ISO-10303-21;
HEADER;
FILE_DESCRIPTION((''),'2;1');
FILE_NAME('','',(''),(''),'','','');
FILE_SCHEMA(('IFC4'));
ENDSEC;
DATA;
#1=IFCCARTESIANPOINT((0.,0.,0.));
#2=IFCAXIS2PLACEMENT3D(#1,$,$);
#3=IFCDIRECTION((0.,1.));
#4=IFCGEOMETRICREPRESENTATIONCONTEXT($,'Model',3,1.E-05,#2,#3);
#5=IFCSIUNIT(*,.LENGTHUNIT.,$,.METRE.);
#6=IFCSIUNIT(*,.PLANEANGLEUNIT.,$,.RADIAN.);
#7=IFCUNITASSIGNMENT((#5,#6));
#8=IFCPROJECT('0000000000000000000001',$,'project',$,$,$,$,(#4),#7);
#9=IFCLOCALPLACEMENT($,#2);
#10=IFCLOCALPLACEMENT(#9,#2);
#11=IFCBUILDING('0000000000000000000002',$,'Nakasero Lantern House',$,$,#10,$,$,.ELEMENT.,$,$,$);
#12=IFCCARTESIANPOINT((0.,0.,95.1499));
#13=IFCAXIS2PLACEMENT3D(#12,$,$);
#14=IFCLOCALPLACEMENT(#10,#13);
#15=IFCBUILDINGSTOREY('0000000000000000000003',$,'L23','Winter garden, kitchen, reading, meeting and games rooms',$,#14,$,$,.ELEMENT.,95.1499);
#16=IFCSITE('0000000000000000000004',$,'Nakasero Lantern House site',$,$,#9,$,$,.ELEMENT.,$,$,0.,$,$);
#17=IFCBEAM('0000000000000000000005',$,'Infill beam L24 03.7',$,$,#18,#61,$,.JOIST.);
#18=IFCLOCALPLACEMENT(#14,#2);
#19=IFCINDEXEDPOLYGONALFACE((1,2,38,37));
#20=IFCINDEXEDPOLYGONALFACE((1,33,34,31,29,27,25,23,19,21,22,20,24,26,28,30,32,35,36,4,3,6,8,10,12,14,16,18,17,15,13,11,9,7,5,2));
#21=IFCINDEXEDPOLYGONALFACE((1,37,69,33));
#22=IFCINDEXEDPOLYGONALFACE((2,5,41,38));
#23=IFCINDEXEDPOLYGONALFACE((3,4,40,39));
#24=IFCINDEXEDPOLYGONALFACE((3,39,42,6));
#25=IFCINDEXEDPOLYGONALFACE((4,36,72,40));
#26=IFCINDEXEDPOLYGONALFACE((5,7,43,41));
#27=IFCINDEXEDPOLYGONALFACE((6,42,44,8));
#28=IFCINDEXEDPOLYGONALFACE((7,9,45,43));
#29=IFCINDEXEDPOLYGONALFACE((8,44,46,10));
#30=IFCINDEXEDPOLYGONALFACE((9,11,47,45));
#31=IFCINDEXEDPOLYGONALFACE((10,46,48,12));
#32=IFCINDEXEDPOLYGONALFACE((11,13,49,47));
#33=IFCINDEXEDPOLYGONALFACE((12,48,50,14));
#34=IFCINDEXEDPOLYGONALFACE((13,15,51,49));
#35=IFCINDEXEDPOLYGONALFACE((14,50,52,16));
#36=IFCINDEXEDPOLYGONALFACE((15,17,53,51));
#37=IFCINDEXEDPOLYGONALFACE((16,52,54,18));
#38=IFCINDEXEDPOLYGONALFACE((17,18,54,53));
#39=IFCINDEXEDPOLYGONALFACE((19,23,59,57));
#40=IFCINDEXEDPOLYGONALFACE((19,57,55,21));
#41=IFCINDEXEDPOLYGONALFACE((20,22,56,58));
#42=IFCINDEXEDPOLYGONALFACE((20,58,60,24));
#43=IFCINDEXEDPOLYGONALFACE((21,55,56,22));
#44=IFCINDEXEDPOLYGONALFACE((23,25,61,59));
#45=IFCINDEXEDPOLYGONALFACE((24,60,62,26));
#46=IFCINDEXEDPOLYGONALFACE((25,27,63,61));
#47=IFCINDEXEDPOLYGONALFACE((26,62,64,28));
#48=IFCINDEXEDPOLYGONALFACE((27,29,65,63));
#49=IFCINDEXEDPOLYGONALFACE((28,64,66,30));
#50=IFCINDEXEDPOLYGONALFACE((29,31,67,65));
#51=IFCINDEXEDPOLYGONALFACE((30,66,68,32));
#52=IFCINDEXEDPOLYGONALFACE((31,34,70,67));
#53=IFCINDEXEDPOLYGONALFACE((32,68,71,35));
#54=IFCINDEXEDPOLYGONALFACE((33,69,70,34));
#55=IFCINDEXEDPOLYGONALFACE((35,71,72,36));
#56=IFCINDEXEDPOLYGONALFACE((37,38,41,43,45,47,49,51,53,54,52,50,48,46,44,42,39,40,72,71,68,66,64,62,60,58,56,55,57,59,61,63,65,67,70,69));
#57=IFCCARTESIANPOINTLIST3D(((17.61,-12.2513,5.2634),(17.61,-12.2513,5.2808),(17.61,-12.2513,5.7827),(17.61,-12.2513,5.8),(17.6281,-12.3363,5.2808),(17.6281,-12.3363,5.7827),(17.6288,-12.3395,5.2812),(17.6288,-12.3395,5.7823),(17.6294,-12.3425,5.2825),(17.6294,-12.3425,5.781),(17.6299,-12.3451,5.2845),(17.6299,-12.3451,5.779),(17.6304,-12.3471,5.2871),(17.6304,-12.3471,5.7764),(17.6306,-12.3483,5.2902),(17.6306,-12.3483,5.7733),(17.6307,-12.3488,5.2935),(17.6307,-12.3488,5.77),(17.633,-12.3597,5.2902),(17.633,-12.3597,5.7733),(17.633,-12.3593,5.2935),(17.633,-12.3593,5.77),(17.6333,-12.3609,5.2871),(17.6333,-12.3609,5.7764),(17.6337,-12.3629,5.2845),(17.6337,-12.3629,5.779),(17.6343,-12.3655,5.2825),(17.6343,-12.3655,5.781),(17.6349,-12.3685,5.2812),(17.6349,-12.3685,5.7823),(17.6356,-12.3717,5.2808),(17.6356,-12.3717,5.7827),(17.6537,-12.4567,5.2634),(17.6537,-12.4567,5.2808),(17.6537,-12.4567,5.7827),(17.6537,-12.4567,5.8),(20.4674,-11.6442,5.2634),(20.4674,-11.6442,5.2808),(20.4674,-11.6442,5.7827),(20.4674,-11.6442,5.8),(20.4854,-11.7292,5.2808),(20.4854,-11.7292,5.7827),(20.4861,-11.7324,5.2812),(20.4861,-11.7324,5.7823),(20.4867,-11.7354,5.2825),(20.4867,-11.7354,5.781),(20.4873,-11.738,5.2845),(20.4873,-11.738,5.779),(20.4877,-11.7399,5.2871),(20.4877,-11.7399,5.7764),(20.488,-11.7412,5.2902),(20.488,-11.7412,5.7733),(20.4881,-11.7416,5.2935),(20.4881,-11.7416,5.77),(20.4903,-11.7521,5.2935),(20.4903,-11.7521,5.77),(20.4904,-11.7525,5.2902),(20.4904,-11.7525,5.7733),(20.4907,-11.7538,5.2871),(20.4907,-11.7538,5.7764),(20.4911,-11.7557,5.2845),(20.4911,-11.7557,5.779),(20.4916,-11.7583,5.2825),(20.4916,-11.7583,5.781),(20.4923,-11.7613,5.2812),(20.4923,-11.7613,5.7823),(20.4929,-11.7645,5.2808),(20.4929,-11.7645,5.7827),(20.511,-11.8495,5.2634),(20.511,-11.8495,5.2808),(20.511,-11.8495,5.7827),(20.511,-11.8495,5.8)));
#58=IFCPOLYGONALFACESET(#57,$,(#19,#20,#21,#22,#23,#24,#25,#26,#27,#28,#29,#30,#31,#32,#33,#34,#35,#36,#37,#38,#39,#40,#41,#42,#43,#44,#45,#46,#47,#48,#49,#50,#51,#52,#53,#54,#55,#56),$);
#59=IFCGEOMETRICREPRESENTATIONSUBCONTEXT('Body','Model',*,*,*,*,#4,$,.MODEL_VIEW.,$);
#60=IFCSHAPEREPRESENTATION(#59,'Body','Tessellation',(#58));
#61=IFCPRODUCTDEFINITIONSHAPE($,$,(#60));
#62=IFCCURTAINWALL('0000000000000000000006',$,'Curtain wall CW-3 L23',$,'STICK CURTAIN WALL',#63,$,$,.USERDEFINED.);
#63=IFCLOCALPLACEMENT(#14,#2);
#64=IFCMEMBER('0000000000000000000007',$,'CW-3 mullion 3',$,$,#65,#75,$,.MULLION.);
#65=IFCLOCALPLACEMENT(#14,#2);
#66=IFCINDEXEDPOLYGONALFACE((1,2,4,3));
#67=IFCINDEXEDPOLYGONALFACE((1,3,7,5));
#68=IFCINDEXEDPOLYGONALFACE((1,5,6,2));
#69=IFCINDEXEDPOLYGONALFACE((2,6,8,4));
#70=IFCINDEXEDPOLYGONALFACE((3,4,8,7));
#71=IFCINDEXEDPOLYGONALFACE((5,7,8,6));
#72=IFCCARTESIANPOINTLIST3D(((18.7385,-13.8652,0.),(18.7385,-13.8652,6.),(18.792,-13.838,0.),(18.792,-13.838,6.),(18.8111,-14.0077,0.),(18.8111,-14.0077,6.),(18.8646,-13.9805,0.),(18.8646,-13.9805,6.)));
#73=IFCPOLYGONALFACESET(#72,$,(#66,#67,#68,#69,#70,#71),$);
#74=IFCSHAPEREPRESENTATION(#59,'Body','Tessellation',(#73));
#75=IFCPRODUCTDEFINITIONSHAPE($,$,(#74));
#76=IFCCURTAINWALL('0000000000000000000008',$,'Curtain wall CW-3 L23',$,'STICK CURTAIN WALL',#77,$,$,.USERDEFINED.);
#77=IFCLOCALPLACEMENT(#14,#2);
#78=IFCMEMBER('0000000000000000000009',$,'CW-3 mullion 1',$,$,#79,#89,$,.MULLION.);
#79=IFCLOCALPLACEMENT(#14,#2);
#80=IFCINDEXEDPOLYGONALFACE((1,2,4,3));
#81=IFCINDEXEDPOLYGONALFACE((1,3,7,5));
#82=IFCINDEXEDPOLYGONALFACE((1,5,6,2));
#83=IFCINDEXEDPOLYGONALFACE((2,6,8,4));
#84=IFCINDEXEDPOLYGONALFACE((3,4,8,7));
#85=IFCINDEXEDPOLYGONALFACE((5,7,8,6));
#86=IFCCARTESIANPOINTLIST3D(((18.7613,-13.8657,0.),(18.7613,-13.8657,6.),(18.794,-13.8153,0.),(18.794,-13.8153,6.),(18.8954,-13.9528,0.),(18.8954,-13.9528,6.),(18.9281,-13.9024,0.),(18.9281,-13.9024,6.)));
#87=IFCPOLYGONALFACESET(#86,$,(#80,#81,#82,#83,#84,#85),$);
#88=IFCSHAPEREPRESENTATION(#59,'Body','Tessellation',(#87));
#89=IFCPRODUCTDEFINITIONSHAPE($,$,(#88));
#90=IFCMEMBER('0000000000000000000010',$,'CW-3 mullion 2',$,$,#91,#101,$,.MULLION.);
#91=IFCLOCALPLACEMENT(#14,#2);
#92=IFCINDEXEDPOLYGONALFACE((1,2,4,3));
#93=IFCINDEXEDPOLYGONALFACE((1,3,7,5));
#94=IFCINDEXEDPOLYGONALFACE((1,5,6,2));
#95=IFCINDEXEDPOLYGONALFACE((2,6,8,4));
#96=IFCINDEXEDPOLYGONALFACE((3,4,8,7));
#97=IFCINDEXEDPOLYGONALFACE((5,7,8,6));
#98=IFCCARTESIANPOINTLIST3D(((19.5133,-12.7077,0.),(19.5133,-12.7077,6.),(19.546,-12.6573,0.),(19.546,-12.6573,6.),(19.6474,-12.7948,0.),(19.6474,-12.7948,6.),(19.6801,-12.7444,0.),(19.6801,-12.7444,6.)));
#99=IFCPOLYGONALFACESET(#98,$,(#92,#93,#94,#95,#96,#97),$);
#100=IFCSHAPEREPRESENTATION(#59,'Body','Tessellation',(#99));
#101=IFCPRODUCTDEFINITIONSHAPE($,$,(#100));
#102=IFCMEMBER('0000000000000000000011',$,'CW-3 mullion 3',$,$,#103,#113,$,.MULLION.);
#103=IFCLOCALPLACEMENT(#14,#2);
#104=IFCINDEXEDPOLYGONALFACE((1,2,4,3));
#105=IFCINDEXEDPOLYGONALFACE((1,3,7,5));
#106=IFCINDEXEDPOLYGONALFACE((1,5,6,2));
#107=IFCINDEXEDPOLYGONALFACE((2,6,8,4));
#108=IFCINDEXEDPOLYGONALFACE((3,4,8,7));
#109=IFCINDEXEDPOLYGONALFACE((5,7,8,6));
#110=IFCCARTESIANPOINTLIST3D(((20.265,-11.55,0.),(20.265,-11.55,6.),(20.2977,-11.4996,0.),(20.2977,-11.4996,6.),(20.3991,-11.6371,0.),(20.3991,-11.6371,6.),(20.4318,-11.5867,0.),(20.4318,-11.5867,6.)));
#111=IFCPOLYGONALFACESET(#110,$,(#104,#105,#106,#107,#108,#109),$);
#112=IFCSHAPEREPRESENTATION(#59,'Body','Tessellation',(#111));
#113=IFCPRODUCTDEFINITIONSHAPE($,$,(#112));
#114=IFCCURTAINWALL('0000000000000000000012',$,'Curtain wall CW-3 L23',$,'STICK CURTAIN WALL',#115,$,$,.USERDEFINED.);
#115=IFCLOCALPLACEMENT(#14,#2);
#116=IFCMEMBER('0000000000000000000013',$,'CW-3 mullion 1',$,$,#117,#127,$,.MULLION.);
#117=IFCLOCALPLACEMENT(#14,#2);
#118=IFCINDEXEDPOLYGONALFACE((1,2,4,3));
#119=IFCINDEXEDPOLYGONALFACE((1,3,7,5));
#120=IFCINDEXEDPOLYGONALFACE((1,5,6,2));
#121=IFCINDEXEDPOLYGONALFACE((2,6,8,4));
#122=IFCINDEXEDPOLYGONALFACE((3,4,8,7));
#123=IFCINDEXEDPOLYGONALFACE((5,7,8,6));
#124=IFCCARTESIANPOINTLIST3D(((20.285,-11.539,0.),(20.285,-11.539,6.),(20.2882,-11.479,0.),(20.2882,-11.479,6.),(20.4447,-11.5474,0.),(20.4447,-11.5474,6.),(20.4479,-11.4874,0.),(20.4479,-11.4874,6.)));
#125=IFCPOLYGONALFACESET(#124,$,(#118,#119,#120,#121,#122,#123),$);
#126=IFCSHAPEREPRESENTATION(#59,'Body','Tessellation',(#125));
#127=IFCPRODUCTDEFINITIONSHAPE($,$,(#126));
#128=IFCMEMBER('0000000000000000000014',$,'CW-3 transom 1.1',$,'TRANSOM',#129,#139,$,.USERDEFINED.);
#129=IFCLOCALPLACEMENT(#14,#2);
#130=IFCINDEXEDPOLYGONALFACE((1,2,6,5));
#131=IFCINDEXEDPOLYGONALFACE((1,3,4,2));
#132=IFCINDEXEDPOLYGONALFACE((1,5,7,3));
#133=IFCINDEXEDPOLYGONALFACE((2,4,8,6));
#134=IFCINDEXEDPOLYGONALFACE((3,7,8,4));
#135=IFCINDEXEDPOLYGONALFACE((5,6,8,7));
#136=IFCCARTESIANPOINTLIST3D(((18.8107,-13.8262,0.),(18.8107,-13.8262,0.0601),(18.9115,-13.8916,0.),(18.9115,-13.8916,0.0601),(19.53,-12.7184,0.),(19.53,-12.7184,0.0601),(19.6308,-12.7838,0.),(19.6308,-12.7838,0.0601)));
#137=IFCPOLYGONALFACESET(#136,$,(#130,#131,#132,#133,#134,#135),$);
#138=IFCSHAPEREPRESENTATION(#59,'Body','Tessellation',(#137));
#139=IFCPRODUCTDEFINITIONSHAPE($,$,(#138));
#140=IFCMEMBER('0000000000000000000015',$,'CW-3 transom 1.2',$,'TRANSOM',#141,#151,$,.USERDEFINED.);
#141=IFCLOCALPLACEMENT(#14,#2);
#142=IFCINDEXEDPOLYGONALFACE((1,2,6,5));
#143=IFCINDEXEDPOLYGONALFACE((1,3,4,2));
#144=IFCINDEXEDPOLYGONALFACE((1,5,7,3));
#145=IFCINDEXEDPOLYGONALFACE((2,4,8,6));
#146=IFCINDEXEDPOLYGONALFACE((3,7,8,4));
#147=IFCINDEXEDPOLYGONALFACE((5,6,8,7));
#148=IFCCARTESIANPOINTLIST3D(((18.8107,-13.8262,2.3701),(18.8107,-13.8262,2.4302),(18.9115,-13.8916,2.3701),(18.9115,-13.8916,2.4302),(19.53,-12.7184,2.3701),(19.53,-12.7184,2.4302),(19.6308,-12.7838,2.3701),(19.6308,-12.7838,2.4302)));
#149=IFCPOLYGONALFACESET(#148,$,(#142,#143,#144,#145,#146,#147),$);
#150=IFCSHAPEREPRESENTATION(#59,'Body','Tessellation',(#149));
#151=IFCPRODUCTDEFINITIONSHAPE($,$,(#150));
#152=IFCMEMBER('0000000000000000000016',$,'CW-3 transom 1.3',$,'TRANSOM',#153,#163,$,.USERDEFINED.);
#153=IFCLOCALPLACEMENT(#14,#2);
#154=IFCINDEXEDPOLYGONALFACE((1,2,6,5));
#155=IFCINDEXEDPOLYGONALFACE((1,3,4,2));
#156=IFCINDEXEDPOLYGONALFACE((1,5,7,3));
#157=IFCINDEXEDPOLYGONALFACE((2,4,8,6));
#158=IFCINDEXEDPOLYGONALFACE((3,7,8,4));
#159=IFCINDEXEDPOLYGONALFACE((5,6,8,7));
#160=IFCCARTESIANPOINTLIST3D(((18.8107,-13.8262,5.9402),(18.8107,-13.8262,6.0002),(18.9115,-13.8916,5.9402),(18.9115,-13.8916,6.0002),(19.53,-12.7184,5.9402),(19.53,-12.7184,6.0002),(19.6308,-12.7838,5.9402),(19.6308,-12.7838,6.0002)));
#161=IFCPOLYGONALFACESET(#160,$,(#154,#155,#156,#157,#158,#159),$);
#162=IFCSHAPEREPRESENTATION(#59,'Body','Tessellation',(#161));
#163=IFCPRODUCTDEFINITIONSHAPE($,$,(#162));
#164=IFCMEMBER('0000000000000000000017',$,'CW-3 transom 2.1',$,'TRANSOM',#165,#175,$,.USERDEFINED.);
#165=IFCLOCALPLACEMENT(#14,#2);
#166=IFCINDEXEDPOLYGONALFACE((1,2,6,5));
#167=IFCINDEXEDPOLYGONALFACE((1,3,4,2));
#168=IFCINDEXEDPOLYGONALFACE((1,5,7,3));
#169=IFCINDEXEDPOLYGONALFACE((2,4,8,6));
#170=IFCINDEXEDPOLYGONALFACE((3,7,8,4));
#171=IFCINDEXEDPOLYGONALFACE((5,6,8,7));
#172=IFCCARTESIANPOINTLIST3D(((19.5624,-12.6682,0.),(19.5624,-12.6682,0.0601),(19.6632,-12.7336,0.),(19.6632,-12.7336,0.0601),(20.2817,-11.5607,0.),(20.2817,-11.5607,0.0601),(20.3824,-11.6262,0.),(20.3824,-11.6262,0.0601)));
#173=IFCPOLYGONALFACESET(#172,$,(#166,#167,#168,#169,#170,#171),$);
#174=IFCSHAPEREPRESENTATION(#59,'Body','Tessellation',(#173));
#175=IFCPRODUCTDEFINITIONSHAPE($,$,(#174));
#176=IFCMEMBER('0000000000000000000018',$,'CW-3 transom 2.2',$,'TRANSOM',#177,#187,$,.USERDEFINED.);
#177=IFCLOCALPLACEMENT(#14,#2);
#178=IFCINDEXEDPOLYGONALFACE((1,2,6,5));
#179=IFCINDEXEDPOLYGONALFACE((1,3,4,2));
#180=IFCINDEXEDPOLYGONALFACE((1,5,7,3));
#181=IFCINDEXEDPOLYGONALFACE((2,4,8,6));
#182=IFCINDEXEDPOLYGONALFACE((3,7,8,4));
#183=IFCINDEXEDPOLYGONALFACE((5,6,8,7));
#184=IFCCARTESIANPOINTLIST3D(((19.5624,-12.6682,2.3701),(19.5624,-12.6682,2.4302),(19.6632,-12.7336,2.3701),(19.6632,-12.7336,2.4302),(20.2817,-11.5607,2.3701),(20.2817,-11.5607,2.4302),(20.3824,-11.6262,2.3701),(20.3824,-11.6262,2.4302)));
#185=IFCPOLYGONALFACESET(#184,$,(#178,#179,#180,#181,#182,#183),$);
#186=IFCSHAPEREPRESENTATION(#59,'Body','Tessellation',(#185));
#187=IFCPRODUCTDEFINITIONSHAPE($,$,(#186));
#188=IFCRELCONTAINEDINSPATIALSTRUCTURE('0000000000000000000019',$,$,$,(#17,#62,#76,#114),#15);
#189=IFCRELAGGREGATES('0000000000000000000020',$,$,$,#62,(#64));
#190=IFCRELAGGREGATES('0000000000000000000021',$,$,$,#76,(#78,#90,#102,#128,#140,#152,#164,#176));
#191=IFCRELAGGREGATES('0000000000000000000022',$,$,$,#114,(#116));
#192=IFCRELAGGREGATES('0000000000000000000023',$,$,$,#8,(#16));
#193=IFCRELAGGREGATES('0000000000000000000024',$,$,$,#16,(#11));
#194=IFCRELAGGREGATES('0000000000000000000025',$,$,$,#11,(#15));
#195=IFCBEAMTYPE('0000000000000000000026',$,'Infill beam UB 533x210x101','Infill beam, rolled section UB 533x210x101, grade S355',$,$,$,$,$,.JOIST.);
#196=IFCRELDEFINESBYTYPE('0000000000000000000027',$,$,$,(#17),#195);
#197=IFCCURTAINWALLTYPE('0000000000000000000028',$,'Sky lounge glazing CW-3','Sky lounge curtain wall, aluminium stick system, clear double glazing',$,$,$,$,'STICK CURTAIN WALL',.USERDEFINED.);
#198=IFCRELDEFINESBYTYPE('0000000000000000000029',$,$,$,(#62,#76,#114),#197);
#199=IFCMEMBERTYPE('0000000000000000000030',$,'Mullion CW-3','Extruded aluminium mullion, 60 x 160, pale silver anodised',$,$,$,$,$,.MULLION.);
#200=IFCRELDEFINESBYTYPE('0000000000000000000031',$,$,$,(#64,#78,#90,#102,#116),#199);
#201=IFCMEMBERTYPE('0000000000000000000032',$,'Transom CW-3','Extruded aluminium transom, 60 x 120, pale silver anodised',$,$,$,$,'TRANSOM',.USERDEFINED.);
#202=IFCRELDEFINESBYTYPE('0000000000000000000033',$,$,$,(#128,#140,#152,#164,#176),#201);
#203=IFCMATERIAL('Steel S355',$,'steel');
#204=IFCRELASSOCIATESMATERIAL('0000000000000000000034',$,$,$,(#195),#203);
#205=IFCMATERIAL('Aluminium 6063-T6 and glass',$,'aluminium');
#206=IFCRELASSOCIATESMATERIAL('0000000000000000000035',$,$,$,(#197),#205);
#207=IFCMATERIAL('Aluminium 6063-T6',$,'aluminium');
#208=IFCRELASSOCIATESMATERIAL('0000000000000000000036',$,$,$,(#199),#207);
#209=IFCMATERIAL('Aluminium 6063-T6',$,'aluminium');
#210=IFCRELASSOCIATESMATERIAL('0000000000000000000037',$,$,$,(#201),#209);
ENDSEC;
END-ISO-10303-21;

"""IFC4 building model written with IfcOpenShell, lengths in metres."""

from ifc_helpers import new_model, si_unit, direction, frame, origin, origin_2d, place, context, subcontext, project, spatial, rectangle, i_section, extrude, material, material_profile, profile_set, type_object, element, aggregate, save


model = new_model("IFC4")

# Units and contexts
model_context = context("Model", 3, precision=1e-05, world=origin(), true_north=direction((0.0, 1.0)))
body_context = subcontext(model_context, "Body", "Model", "MODEL_VIEW")
ifc_project = project(units=[si_unit("LENGTHUNIT", "METRE"), si_unit("PLANEANGLEUNIT", "RADIAN")], contexts=[model_context])

# Site, building, storey
site_placement = place(None, origin())
site = spatial("IfcSite", under=ifc_project, at=site_placement, Name="Nakasero Lantern House site", CompositionType="ELEMENT", RefElevation=0.0)
building_placement = place(site_placement, origin())
building = spatial("IfcBuilding", under=site, at=building_placement, Name="Nakasero Lantern House", CompositionType="ELEMENT")
storey_placement = place(building_placement, frame((0.0, 0.0, 95.1499)))
storey = spatial("IfcBuildingStorey", under=building, at=storey_placement, Name="L23", Description="Winter garden, kitchen, reading, meeting and games rooms", CompositionType="ELEMENT", Elevation=95.1499)

# Beam
ifc_material_1 = material(Name="Steel S355", Category="steel")
ifc_material_profile_1 = material_profile(ifc_material_1, i_section(OverallWidth=0.21, OverallDepth=0.5366, WebThickness=0.0107, FlangeThickness=0.0173, FilletRadius=0.0127, at=origin_2d()), Name="UB 533x210x101")
ifc_profile_set_1 = profile_set([ifc_material_profile_1], Name="Steel S355")
beam_type = type_object("IfcBeamType", Name="Infill beam UB 533x210x101", Description="Infill beam, rolled section UB 533x210x101, grade S355", PredefinedType="JOIST", material=ifc_profile_set_1)
beam_placement = place(storey_placement, frame((17.6318, -12.354, 5.5317), z_axis=(0.978161, 0.207851, 0.0), x_axis=(-0.207851, 0.978161, 0.0)))
element("IfcBeam", 1, at=beam_placement, inside=storey, type_object=beam_type, Name="Infill beam L24 03.7", PredefinedType="JOIST", context=body_context, shape_type="SweptSolid", body=[
    extrude(i_section(OverallWidth=0.21, OverallDepth=0.5366, WebThickness=0.0107, FlangeThickness=0.0173, FilletRadius=0.0127, at=origin_2d()), origin(), (0.0, 0.0, 1.0), 2.9211),
])

# Curtain wall, member
ifc_material_2 = material(Name="Aluminium 6063-T6 and glass", Category="aluminium")
curtain_wall_type = type_object("IfcCurtainWallType", Name="Sky lounge glazing CW-3", Description="Sky lounge curtain wall, aluminium stick system, clear double glazing", ElementType="STICK CURTAIN WALL", PredefinedType="USERDEFINED", material=ifc_material_2)
curtain_wall_1_placement = place(storey_placement, origin())
curtain_wall_1 = element("IfcCurtainWall", 2, at=curtain_wall_1_placement, inside=storey, type_object=curtain_wall_type, Name="Curtain wall CW-3 L23", ObjectType="STICK CURTAIN WALL", PredefinedType="USERDEFINED")
ifc_material_3 = material(Name="Aluminium 6063-T6", Category="aluminium")
ifc_material_profile_2 = material_profile(ifc_material_3, rectangle(XDim=0.0601, YDim=0.1599, at=origin_2d()), Name="CW-3 mullion 60x160")
ifc_profile_set_2 = profile_set([ifc_material_profile_2], Name="Aluminium 6063-T6")
member_type_1 = type_object("IfcMemberType", Name="Mullion CW-3", Description="Extruded aluminium mullion, 60 x 160, pale silver anodised", PredefinedType="MULLION", material=ifc_profile_set_2)
member_1_placement = place(storey_placement, frame((18.8015, -13.9229, 0.0), z_axis=(0.0, 0.0, 1.0), x_axis=(0.891007, 0.45399, 0.0)))
member_1 = element("IfcMember", 3, at=member_1_placement, type_object=member_type_1, Name="CW-3 mullion 3", PredefinedType="MULLION", context=body_context, shape_type="SweptSolid", body=[
    extrude(rectangle(XDim=0.0601, YDim=0.1599, at=origin_2d()), origin(), (0.0, 0.0, 1.0), 6.0),
])
aggregate(curtain_wall_1, [member_1])

# Curtain wall, members
curtain_wall_2_placement = place(storey_placement, origin())
curtain_wall_2 = element("IfcCurtainWall", 4, at=curtain_wall_2_placement, inside=storey, type_object=curtain_wall_type, Name="Curtain wall CW-3 L23", ObjectType="STICK CURTAIN WALL", PredefinedType="USERDEFINED")
member_2_placement = place(storey_placement, frame((18.8447, -13.884, 0.0), z_axis=(0.0, 0.0, 1.0), x_axis=(0.544639, 0.838671, 0.0)))
member_2 = element("IfcMember", 5, at=member_2_placement, type_object=member_type_1, Name="CW-3 mullion 1", PredefinedType="MULLION", context=body_context, shape_type="SweptSolid", body=[
    extrude(rectangle(XDim=0.0601, YDim=0.1599, at=origin_2d()), origin(), (0.0, 0.0, 1.0), 6.0),
])
member_3_placement = place(storey_placement, frame((19.5967, -12.7261, 0.0), z_axis=(0.0, 0.0, 1.0), x_axis=(0.544639, 0.838671, 0.0)))
member_3 = element("IfcMember", 6, at=member_3_placement, type_object=member_type_1, Name="CW-3 mullion 2", PredefinedType="MULLION", context=body_context, shape_type="SweptSolid", body=[
    extrude(rectangle(XDim=0.0601, YDim=0.1599, at=origin_2d()), origin(), (0.0, 0.0, 1.0), 6.0),
])
member_4_placement = place(storey_placement, frame((20.3484, -11.5684, 0.0), z_axis=(0.0, 0.0, 1.0), x_axis=(0.544639, 0.838671, 0.0)))
member_4 = element("IfcMember", 7, at=member_4_placement, type_object=member_type_1, Name="CW-3 mullion 3", PredefinedType="MULLION", context=body_context, shape_type="SweptSolid", body=[
    extrude(rectangle(XDim=0.0601, YDim=0.1599, at=origin_2d()), origin(), (0.0, 0.0, 1.0), 6.0),
])

# Curtain wall, member
curtain_wall_3_placement = place(storey_placement, origin())
curtain_wall_3 = element("IfcCurtainWall", 8, at=curtain_wall_3_placement, inside=storey, type_object=curtain_wall_type, Name="Curtain wall CW-3 L23", ObjectType="STICK CURTAIN WALL", PredefinedType="USERDEFINED")
member_5_placement = place(storey_placement, frame((20.3665, -11.5132, 0.0), z_axis=(0.0, 0.0, 1.0), x_axis=(0.052336, 0.99863, 0.0)))
member_5 = element("IfcMember", 9, at=member_5_placement, type_object=member_type_1, Name="CW-3 mullion 1", PredefinedType="MULLION", context=body_context, shape_type="SweptSolid", body=[
    extrude(rectangle(XDim=0.0601, YDim=0.1599, at=origin_2d()), origin(), (0.0, 0.0, 1.0), 6.0),
])

# Members
ifc_material_4 = material(Name="Aluminium 6063-T6", Category="aluminium")
ifc_material_profile_3 = material_profile(ifc_material_4, rectangle(XDim=0.0601, YDim=0.1201, at=origin_2d()), Name="CW-3 transom 60x120")
ifc_profile_set_3 = profile_set([ifc_material_profile_3], Name="Aluminium 6063-T6")
member_type_2 = type_object("IfcMemberType", Name="Transom CW-3", Description="Extruded aluminium transom, 60 x 120, pale silver anodised", ElementType="TRANSOM", PredefinedType="USERDEFINED", material=ifc_profile_set_3)
member_6_placement = place(storey_placement, frame((18.8611, -13.8589, 0.03), z_axis=(0.544592, 0.838701, 0.0), x_axis=(0.0, 0.0, 1.0)))
member_6 = element("IfcMember", 10, at=member_6_placement, type_object=member_type_2, Name="CW-3 transom 1.1", ObjectType="TRANSOM", PredefinedType="USERDEFINED", context=body_context, shape_type="SweptSolid", body=[
    extrude(rectangle(XDim=0.0601, YDim=0.1201, at=origin_2d()), origin(), (0.0, 0.0, 1.0), 1.3208),
])
member_7_placement = place(storey_placement, frame((18.8611, -13.8589, 2.4001), z_axis=(0.544592, 0.838701, 0.0), x_axis=(0.0, 0.0, 1.0)))
member_7 = element("IfcMember", 11, at=member_7_placement, type_object=member_type_2, Name="CW-3 transom 1.2", ObjectType="TRANSOM", PredefinedType="USERDEFINED", context=body_context, shape_type="SweptSolid", body=[
    extrude(rectangle(XDim=0.0601, YDim=0.1201, at=origin_2d()), origin(), (0.0, 0.0, 1.0), 1.3208),
])
member_8_placement = place(storey_placement, frame((18.8611, -13.8589, 5.9702), z_axis=(0.544592, 0.838701, 0.0), x_axis=(0.0, 0.0, 1.0)))
member_8 = element("IfcMember", 12, at=member_8_placement, type_object=member_type_2, Name="CW-3 transom 1.3", ObjectType="TRANSOM", PredefinedType="USERDEFINED", context=body_context, shape_type="SweptSolid", body=[
    extrude(rectangle(XDim=0.0601, YDim=0.1201, at=origin_2d()), origin(), (0.0, 0.0, 1.0), 1.3208),
])
member_9_placement = place(storey_placement, frame((19.6128, -12.7009, 0.03), z_axis=(0.544676, 0.838646, 0.0), x_axis=(0.0, 0.0, 1.0)))
member_9 = element("IfcMember", 13, at=member_9_placement, type_object=member_type_2, Name="CW-3 transom 2.1", ObjectType="TRANSOM", PredefinedType="USERDEFINED", context=body_context, shape_type="SweptSolid", body=[
    extrude(rectangle(XDim=0.0601, YDim=0.1201, at=origin_2d()), origin(), (0.0, 0.0, 1.0), 1.3206),
])
member_10_placement = place(storey_placement, frame((19.6128, -12.7009, 2.4001), z_axis=(0.544676, 0.838646, 0.0), x_axis=(0.0, 0.0, 1.0)))
member_10 = element("IfcMember", 14, at=member_10_placement, type_object=member_type_2, Name="CW-3 transom 2.2", ObjectType="TRANSOM", PredefinedType="USERDEFINED", context=body_context, shape_type="SweptSolid", body=[
    extrude(rectangle(XDim=0.0601, YDim=0.1201, at=origin_2d()), origin(), (0.0, 0.0, 1.0), 1.3206),
])

aggregate(curtain_wall_2, [member_2, member_3, member_4, member_6, member_7, member_8, member_9, member_10])
aggregate(curtain_wall_3, [member_5])

save(model, "model.ifc")
